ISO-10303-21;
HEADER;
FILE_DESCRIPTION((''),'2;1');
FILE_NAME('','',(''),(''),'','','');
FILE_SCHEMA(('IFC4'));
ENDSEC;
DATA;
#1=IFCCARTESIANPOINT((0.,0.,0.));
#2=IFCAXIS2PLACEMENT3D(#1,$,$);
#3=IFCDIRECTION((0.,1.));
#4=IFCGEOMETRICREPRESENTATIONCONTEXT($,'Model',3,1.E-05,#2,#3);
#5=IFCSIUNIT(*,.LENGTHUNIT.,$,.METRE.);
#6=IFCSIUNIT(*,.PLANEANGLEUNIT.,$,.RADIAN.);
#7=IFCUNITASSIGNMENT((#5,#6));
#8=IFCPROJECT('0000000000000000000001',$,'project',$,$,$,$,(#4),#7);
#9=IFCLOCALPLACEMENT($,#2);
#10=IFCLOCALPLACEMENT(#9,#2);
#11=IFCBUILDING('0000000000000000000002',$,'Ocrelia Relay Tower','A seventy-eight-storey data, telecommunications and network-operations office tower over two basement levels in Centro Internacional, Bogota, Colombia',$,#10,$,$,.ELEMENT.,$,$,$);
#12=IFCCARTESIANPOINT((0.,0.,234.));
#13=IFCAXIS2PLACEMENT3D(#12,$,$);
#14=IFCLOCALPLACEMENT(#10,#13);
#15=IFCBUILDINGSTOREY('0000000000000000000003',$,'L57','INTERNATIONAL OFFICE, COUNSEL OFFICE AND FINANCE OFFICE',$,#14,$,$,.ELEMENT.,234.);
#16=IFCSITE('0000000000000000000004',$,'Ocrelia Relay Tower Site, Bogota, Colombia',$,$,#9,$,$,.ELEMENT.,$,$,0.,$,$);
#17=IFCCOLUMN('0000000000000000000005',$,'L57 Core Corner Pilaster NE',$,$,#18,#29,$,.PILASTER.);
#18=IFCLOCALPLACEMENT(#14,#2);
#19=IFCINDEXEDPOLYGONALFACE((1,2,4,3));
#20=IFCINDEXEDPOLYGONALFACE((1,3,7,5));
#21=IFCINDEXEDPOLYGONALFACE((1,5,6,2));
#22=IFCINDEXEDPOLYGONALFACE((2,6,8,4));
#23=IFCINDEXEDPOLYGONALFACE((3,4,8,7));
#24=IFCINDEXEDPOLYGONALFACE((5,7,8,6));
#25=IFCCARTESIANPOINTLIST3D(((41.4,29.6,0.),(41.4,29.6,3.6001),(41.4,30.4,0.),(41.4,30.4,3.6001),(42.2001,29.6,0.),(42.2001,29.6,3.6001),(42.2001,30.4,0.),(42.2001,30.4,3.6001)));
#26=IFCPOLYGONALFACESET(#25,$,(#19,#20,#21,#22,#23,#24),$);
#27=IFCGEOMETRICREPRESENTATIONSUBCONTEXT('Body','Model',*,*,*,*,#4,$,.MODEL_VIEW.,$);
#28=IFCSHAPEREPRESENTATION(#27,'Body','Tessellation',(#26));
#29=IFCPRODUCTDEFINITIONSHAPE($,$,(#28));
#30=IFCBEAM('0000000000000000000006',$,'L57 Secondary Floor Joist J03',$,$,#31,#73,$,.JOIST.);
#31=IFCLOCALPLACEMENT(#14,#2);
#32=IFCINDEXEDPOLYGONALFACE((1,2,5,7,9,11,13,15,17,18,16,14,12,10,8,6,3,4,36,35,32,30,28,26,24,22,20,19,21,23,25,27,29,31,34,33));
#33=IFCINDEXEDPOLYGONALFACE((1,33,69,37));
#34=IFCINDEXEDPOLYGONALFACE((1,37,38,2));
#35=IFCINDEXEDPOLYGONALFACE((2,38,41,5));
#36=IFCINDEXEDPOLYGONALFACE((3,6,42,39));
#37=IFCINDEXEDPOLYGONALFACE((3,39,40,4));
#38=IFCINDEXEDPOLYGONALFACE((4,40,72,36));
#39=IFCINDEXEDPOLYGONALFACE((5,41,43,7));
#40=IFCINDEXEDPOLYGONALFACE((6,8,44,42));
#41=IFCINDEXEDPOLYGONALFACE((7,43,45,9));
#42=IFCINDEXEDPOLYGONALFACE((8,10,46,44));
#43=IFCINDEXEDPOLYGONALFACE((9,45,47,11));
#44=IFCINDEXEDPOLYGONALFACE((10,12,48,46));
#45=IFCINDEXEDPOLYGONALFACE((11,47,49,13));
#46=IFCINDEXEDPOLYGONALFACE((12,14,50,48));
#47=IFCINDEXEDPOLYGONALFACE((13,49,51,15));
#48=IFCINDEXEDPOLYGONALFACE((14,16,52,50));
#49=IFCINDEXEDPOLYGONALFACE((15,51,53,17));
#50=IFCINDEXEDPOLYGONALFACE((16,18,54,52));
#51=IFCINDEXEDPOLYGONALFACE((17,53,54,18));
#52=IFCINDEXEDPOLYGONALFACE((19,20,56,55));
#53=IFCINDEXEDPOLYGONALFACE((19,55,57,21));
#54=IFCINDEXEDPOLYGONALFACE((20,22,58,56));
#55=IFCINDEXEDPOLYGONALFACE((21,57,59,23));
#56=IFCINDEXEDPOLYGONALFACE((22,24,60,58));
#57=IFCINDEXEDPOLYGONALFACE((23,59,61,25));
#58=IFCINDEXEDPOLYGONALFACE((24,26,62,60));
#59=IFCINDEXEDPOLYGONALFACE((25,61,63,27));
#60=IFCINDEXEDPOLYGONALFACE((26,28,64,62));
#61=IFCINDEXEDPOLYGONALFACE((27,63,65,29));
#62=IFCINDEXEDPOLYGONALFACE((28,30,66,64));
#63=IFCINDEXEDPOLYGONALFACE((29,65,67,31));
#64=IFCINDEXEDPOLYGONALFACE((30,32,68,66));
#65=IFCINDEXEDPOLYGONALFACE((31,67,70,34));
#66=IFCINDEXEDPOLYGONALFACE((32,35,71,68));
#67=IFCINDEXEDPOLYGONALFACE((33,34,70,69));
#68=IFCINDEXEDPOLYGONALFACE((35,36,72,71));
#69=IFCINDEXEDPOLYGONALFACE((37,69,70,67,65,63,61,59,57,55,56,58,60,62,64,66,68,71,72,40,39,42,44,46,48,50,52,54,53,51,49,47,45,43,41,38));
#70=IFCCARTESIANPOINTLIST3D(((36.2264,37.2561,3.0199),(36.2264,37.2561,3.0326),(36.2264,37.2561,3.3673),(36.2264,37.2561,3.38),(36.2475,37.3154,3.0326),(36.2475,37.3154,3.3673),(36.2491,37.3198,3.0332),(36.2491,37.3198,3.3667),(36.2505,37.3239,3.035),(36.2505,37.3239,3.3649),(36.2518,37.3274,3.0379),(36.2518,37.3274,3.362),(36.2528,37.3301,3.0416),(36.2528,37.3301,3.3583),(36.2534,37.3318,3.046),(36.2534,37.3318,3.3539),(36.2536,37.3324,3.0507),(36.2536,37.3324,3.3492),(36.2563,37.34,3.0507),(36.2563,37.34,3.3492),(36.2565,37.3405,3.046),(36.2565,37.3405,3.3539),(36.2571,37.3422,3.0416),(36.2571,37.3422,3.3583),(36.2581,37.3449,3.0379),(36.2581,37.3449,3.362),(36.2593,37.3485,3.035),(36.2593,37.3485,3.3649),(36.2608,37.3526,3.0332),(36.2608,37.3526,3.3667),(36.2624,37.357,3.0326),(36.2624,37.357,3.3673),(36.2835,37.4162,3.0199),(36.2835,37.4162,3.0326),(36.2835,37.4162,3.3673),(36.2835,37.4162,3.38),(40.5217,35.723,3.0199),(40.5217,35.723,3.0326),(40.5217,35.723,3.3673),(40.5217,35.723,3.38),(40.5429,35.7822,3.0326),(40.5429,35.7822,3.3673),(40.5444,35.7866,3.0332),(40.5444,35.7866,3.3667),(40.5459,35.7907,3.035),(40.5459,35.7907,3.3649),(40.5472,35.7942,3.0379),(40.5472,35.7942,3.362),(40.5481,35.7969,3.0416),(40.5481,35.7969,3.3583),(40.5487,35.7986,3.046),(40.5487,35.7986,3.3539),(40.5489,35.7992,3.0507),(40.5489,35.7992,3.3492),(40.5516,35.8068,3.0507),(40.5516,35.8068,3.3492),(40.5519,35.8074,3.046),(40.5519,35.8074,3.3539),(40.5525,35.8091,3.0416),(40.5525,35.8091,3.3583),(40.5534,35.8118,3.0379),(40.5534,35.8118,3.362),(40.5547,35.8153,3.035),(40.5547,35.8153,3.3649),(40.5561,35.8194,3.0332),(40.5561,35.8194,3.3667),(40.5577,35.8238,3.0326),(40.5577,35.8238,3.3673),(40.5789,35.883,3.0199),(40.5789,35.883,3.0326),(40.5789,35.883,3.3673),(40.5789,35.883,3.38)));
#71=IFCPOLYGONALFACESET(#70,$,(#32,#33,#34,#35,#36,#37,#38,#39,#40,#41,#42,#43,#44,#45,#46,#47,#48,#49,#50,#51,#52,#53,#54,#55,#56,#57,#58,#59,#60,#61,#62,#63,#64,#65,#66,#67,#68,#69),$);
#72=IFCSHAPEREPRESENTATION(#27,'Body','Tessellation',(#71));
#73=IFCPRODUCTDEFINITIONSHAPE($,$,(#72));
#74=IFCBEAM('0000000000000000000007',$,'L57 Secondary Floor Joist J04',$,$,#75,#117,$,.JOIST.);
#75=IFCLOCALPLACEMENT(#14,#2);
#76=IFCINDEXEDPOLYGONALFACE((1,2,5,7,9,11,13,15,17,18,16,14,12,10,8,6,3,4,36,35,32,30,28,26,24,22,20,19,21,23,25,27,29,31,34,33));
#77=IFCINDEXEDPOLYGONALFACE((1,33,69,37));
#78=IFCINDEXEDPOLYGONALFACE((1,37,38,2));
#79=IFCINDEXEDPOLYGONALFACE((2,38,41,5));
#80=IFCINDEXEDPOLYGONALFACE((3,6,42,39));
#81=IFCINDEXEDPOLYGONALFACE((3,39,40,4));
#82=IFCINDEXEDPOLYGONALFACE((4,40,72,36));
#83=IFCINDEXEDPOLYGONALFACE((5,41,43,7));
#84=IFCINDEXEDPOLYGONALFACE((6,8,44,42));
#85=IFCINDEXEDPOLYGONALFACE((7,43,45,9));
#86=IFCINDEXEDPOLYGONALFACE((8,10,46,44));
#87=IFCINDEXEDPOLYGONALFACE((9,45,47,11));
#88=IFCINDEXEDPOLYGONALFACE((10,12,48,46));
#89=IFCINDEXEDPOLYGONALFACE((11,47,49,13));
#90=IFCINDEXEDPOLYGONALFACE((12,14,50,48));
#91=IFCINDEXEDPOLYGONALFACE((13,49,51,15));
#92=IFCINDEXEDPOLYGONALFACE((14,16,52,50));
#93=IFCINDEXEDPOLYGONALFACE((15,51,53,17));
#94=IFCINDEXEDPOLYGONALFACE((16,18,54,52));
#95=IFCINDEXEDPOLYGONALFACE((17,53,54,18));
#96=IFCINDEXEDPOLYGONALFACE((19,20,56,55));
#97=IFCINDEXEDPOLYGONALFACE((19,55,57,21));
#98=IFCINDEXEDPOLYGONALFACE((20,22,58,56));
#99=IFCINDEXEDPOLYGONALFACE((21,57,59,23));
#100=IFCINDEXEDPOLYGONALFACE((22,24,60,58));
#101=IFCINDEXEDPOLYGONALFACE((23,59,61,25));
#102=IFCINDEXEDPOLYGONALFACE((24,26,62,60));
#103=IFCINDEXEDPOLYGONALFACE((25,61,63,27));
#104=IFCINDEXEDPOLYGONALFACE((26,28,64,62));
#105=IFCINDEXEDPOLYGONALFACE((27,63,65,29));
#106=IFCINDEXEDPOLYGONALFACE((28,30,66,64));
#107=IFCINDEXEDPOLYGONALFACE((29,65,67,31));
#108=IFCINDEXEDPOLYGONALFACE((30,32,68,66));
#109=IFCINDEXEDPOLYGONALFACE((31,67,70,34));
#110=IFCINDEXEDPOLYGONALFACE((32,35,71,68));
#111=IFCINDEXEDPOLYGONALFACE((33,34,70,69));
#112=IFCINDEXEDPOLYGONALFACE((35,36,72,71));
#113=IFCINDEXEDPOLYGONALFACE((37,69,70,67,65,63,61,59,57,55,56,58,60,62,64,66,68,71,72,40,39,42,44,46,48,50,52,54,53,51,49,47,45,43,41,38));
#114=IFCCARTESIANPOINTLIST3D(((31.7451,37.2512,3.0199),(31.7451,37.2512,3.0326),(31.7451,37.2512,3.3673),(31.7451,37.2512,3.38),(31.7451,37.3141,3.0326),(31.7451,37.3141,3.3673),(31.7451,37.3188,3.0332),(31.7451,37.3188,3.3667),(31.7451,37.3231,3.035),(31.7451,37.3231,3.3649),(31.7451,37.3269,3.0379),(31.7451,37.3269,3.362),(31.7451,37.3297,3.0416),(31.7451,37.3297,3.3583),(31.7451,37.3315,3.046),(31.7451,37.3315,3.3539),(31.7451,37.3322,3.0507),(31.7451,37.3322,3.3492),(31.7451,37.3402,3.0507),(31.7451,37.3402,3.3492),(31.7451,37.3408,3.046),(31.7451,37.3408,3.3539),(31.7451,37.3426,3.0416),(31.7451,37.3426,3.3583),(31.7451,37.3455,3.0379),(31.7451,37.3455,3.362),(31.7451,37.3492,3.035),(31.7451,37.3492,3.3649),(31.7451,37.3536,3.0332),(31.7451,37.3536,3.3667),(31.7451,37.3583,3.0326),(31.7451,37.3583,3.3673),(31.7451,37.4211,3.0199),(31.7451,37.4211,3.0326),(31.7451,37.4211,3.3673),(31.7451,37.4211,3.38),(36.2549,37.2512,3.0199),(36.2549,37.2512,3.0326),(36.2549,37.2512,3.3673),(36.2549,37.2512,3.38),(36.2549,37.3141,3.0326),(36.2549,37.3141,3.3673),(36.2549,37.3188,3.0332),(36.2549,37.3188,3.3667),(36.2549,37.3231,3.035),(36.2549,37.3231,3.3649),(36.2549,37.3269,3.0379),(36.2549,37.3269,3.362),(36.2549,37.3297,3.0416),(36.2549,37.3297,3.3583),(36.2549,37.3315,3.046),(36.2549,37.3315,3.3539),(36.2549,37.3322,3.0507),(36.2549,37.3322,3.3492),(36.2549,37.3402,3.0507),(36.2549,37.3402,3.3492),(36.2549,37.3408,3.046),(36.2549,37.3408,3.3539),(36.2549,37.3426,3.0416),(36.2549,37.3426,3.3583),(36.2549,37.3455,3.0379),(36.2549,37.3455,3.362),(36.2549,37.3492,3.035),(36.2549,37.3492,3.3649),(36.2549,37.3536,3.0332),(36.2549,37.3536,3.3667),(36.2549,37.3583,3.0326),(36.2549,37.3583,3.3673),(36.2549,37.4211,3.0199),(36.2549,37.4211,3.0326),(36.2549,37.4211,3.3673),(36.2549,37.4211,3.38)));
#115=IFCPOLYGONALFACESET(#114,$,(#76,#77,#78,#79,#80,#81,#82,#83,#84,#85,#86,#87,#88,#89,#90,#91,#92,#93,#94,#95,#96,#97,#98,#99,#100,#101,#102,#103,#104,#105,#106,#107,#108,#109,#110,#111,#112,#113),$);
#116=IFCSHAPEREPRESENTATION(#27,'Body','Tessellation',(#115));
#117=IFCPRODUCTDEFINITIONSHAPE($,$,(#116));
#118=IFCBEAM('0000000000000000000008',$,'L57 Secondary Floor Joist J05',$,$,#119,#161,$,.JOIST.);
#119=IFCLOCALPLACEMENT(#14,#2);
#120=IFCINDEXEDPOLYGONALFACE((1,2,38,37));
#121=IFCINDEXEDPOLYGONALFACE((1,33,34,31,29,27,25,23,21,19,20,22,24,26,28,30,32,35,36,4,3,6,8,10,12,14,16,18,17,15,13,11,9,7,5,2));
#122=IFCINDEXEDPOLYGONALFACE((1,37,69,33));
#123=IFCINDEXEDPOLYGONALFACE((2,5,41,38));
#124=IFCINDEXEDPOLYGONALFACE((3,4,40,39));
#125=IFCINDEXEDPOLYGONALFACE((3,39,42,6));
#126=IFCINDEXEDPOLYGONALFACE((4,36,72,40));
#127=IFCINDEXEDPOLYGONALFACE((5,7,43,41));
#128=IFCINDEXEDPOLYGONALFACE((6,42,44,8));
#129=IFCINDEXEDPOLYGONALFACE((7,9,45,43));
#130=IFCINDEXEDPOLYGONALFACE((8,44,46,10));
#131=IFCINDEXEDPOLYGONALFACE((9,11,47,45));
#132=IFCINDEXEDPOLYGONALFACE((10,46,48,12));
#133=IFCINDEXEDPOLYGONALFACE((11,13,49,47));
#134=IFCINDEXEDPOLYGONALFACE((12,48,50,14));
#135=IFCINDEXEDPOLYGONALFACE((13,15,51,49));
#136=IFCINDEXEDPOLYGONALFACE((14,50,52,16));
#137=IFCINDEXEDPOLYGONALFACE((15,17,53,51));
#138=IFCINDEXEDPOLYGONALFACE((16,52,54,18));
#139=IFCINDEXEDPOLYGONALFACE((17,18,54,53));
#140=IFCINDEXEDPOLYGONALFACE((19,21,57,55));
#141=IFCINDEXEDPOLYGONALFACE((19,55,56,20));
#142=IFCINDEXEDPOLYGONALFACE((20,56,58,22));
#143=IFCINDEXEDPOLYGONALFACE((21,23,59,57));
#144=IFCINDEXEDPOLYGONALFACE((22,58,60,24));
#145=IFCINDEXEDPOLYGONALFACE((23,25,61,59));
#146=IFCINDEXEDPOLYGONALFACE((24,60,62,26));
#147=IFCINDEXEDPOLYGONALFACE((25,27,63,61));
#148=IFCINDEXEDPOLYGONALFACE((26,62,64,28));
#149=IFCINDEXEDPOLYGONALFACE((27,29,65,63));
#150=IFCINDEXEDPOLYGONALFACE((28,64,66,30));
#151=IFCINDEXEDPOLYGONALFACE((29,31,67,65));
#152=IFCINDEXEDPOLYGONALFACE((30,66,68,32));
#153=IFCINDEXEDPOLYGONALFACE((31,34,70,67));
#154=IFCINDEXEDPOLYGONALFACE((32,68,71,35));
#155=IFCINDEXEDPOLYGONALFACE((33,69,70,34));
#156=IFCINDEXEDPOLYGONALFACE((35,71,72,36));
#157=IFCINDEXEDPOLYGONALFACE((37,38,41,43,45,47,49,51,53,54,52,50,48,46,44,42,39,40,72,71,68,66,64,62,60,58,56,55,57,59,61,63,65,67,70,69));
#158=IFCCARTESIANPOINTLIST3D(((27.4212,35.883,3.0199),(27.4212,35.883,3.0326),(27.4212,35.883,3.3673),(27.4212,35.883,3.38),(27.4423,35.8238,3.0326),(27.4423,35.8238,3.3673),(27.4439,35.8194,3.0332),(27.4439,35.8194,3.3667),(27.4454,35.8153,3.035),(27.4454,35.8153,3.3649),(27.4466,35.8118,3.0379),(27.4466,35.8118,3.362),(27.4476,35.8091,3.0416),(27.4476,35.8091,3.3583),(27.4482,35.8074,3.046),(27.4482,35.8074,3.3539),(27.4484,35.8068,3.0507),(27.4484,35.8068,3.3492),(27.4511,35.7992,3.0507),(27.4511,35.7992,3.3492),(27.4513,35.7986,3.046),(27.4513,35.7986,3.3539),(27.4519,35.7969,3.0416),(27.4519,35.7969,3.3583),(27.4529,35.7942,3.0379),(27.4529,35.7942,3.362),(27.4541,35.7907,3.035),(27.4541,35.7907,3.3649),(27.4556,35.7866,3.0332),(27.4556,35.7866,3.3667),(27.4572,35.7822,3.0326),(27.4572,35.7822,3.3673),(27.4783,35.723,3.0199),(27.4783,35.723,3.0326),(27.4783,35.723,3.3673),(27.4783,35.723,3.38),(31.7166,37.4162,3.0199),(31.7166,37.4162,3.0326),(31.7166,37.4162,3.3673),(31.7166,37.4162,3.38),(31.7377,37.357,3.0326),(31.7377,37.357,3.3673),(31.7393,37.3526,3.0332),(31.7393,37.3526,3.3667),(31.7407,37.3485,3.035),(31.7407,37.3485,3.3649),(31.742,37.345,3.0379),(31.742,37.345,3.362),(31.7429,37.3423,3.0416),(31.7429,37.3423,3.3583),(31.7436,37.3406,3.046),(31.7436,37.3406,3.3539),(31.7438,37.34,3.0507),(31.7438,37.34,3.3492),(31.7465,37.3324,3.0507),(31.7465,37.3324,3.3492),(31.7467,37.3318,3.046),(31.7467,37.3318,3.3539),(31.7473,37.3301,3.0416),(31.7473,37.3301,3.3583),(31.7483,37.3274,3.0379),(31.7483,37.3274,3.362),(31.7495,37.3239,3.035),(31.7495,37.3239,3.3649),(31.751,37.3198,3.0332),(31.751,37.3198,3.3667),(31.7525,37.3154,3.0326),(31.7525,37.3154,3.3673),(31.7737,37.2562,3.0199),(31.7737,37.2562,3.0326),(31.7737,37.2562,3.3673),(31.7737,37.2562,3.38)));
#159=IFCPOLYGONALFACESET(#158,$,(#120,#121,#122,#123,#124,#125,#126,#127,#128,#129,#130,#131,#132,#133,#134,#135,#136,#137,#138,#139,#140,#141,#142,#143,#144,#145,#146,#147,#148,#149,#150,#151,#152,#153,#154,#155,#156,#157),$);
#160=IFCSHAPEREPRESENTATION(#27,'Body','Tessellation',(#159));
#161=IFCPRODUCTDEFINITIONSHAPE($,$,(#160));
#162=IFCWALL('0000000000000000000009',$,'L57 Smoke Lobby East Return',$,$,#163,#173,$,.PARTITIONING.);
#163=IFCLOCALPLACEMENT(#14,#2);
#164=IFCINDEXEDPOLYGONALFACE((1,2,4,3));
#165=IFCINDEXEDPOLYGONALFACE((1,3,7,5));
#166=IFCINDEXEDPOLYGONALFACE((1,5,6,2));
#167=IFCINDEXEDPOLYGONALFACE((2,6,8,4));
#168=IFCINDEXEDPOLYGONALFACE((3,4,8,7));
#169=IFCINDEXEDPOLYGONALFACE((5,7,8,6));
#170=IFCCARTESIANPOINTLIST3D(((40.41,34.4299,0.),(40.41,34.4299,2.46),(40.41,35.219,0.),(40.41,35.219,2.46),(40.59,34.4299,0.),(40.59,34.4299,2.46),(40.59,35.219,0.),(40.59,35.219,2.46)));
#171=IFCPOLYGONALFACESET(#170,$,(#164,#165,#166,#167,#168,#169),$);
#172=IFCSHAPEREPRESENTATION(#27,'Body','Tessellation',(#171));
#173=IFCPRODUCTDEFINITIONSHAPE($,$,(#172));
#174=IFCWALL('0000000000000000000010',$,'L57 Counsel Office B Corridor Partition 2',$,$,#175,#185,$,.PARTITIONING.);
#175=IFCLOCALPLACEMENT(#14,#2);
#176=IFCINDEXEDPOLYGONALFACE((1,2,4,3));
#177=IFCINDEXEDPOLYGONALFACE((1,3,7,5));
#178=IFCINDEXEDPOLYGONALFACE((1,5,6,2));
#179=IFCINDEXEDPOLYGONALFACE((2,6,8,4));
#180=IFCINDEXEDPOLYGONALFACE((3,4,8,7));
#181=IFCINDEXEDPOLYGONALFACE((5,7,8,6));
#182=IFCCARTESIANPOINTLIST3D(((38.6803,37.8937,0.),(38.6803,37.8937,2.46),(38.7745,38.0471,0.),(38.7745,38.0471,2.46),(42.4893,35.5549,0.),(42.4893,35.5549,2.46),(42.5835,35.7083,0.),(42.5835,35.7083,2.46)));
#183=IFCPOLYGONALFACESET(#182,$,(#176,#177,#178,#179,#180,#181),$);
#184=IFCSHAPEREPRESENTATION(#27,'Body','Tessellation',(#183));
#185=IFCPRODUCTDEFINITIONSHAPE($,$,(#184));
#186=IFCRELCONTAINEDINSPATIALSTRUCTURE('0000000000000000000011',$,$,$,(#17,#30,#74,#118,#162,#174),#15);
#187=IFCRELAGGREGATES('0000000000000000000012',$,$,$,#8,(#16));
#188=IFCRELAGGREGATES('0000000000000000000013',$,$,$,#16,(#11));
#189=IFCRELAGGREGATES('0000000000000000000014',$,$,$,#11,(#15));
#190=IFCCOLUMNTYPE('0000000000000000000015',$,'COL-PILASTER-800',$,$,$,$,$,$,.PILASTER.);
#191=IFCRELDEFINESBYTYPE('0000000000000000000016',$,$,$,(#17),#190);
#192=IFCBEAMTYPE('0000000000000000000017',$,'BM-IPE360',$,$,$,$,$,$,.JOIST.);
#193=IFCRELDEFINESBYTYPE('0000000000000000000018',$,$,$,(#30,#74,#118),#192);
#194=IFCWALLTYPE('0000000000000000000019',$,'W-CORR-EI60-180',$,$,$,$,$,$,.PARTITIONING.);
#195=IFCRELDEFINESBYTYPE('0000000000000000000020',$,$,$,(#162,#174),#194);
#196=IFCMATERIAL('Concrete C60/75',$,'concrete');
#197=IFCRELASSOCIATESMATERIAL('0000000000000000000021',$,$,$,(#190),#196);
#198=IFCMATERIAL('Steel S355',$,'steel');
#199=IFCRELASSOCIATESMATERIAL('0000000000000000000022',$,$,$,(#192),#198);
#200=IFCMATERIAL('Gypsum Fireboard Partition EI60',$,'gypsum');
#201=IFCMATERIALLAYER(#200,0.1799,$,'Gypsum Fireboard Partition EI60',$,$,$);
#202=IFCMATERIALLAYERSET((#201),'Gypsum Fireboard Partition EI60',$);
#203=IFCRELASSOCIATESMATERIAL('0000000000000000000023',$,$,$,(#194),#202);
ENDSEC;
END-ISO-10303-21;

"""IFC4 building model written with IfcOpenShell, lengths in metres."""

from ifc_helpers import new_model, si_unit, direction, frame, frame_2d, origin, origin_2d, place, context, subcontext, project, spatial, rectangle, i_section, extrude, material, layer, layer_set, material_profile, profile_set, type_object, element, save


model = new_model("IFC4")

# Units and contexts
model_context = context("Model", 3, precision=1e-05, world=origin(), true_north=direction((0.0, 1.0)))
body_context = subcontext(model_context, "Body", "Model", "MODEL_VIEW")
ifc_project = project(units=[si_unit("LENGTHUNIT", "METRE"), si_unit("PLANEANGLEUNIT", "RADIAN")], contexts=[model_context])

# Site, building, storey
site_placement = place(None, origin())
site = spatial("IfcSite", under=ifc_project, at=site_placement, Name="Ocrelia Relay Tower Site, Bogota, Colombia", CompositionType="ELEMENT", RefElevation=0.0)
building_placement = place(site_placement, origin())
building = spatial("IfcBuilding", under=site, at=building_placement, Name="Ocrelia Relay Tower", Description="A seventy-eight-storey data, telecommunications and network-operations office tower over two basement levels in Centro Internacional, Bogota, Colombia", CompositionType="ELEMENT")
storey_placement = place(building_placement, frame((0.0, 0.0, 234.0)))
storey = spatial("IfcBuildingStorey", under=building, at=storey_placement, Name="L57", Description="INTERNATIONAL OFFICE, COUNSEL OFFICE AND FINANCE OFFICE", CompositionType="ELEMENT", Elevation=234.0)

# Column
ifc_material_1 = material(Name="Concrete C60/75", Category="concrete")
ifc_material_profile_1 = material_profile(ifc_material_1, rectangle(XDim=0.8, YDim=0.8, at=origin_2d()), Name="RC-COL-800x800")
ifc_profile_set_1 = profile_set([ifc_material_profile_1], Name="Concrete C60/75")
column_type = type_object("IfcColumnType", Name="COL-PILASTER-800", PredefinedType="PILASTER", material=ifc_profile_set_1)
column_placement = place(storey_placement, frame((41.8, 30.0, 0.0), z_axis=(0.0, 0.0, 1.0), x_axis=(1.0, 0.0, 0.0)))
element("IfcColumn", 1, at=column_placement, inside=storey, type_object=column_type, Name="L57 Core Corner Pilaster NE", PredefinedType="PILASTER", context=body_context, shape_type="SweptSolid", body=[
    extrude(rectangle(XDim=0.8, YDim=0.8, at=origin_2d()), origin(), (0.0, 0.0, 1.0), 3.6001),
])

# Beams
ifc_material_2 = material(Name="Steel S355", Category="steel")
ifc_material_profile_2 = material_profile(ifc_material_2, i_section(OverallWidth=0.1699, OverallDepth=0.3601, WebThickness=0.0081, FlangeThickness=0.0127, FilletRadius=0.0181, at=origin_2d()), Name="IPE 360")
ifc_profile_set_2 = profile_set([ifc_material_profile_2], Name="Steel S355")
beam_type = type_object("IfcBeamType", Name="BM-IPE360", PredefinedType="JOIST", material=ifc_profile_set_2)
beam_1_placement = place(storey_placement, frame((40.5503, 35.803, 3.2), z_axis=(-0.941802, 0.336167, 0.0), x_axis=(-0.336167, -0.941802, 0.0)))
element("IfcBeam", 2, at=beam_1_placement, inside=storey, type_object=beam_type, Name="L57 Secondary Floor Joist J03", PredefinedType="JOIST", context=body_context, shape_type="SweptSolid", body=[
    extrude(i_section(OverallWidth=0.1699, OverallDepth=0.3601, WebThickness=0.0081, FlangeThickness=0.0127, FilletRadius=0.0181, at=origin_2d()), origin(), (0.0, 0.0, 1.0), 4.5608),
])
beam_2_placement = place(storey_placement, frame((36.2549, 37.3362, 3.2), z_axis=(-1.0, 0.0, 0.0), x_axis=(0.0, -1.0, 0.0)))
element("IfcBeam", 3, at=beam_2_placement, inside=storey, type_object=beam_type, Name="L57 Secondary Floor Joist J04", PredefinedType="JOIST", context=body_context, shape_type="SweptSolid", body=[
    extrude(i_section(OverallWidth=0.1699, OverallDepth=0.3601, WebThickness=0.0081, FlangeThickness=0.0127, FilletRadius=0.0181, at=origin_2d()), origin(), (0.0, 0.0, 1.0), 4.5098),
])
beam_3_placement = place(storey_placement, frame((31.7451, 37.3362, 3.2), z_axis=(-0.941802, -0.336167, 0.0), x_axis=(0.336167, -0.941802, 0.0)))
element("IfcBeam", 4, at=beam_3_placement, inside=storey, type_object=beam_type, Name="L57 Secondary Floor Joist J05", PredefinedType="JOIST", context=body_context, shape_type="SweptSolid", body=[
    extrude(i_section(OverallWidth=0.1699, OverallDepth=0.3601, WebThickness=0.0081, FlangeThickness=0.0127, FilletRadius=0.0181, at=origin_2d()), origin(), (0.0, 0.0, 1.0), 4.5608),
])

# Wall
ifc_material_3 = material(Name="Gypsum Fireboard Partition EI60", Category="gypsum")
ifc_layer_1 = layer(ifc_material_3, 0.1799, Name="Gypsum Fireboard Partition EI60")
ifc_layer_set_1 = layer_set([ifc_layer_1], Name="Gypsum Fireboard Partition EI60")
wall_type_1 = type_object("IfcWallType", Name="W-CORR-EI60-180", PredefinedType="PARTITIONING", material=ifc_layer_set_1)
wall_1_placement = place(storey_placement, frame((40.5, 35.219, 0.0), z_axis=(0.0, 0.0, 1.0), x_axis=(0.0, -1.0, 0.0)))
element("IfcWall", 5, at=wall_1_placement, inside=storey, type_object=wall_type_1, Name="L57 Smoke Lobby East Return", PredefinedType="PARTITIONING", context=body_context, shape_type="SweptSolid", body=[
    extrude(rectangle(XDim=0.7891, YDim=0.1799, at=frame_2d((0.3945, 0.0))), origin(), (0.0, 0.0, 1.0), 2.46),
])

# Wall
wall_2_placement = place(storey_placement, frame((42.5364, 35.6316, 0.0), z_axis=(0.0, 0.0, 1.0), x_axis=(-0.852175, 0.523256, 0.0)))
element("IfcWall", 6, at=wall_2_placement, inside=storey, type_object=wall_type_1, Name="L57 Counsel Office B Corridor Partition 2", PredefinedType="PARTITIONING", context=body_context, shape_type="SweptSolid", body=[
    extrude(rectangle(XDim=4.4697, YDim=0.1799, at=frame_2d((2.2349, 0.0))), origin(), (0.0, 0.0, 1.0), 2.46),
])

save(model, "model.ifc")
